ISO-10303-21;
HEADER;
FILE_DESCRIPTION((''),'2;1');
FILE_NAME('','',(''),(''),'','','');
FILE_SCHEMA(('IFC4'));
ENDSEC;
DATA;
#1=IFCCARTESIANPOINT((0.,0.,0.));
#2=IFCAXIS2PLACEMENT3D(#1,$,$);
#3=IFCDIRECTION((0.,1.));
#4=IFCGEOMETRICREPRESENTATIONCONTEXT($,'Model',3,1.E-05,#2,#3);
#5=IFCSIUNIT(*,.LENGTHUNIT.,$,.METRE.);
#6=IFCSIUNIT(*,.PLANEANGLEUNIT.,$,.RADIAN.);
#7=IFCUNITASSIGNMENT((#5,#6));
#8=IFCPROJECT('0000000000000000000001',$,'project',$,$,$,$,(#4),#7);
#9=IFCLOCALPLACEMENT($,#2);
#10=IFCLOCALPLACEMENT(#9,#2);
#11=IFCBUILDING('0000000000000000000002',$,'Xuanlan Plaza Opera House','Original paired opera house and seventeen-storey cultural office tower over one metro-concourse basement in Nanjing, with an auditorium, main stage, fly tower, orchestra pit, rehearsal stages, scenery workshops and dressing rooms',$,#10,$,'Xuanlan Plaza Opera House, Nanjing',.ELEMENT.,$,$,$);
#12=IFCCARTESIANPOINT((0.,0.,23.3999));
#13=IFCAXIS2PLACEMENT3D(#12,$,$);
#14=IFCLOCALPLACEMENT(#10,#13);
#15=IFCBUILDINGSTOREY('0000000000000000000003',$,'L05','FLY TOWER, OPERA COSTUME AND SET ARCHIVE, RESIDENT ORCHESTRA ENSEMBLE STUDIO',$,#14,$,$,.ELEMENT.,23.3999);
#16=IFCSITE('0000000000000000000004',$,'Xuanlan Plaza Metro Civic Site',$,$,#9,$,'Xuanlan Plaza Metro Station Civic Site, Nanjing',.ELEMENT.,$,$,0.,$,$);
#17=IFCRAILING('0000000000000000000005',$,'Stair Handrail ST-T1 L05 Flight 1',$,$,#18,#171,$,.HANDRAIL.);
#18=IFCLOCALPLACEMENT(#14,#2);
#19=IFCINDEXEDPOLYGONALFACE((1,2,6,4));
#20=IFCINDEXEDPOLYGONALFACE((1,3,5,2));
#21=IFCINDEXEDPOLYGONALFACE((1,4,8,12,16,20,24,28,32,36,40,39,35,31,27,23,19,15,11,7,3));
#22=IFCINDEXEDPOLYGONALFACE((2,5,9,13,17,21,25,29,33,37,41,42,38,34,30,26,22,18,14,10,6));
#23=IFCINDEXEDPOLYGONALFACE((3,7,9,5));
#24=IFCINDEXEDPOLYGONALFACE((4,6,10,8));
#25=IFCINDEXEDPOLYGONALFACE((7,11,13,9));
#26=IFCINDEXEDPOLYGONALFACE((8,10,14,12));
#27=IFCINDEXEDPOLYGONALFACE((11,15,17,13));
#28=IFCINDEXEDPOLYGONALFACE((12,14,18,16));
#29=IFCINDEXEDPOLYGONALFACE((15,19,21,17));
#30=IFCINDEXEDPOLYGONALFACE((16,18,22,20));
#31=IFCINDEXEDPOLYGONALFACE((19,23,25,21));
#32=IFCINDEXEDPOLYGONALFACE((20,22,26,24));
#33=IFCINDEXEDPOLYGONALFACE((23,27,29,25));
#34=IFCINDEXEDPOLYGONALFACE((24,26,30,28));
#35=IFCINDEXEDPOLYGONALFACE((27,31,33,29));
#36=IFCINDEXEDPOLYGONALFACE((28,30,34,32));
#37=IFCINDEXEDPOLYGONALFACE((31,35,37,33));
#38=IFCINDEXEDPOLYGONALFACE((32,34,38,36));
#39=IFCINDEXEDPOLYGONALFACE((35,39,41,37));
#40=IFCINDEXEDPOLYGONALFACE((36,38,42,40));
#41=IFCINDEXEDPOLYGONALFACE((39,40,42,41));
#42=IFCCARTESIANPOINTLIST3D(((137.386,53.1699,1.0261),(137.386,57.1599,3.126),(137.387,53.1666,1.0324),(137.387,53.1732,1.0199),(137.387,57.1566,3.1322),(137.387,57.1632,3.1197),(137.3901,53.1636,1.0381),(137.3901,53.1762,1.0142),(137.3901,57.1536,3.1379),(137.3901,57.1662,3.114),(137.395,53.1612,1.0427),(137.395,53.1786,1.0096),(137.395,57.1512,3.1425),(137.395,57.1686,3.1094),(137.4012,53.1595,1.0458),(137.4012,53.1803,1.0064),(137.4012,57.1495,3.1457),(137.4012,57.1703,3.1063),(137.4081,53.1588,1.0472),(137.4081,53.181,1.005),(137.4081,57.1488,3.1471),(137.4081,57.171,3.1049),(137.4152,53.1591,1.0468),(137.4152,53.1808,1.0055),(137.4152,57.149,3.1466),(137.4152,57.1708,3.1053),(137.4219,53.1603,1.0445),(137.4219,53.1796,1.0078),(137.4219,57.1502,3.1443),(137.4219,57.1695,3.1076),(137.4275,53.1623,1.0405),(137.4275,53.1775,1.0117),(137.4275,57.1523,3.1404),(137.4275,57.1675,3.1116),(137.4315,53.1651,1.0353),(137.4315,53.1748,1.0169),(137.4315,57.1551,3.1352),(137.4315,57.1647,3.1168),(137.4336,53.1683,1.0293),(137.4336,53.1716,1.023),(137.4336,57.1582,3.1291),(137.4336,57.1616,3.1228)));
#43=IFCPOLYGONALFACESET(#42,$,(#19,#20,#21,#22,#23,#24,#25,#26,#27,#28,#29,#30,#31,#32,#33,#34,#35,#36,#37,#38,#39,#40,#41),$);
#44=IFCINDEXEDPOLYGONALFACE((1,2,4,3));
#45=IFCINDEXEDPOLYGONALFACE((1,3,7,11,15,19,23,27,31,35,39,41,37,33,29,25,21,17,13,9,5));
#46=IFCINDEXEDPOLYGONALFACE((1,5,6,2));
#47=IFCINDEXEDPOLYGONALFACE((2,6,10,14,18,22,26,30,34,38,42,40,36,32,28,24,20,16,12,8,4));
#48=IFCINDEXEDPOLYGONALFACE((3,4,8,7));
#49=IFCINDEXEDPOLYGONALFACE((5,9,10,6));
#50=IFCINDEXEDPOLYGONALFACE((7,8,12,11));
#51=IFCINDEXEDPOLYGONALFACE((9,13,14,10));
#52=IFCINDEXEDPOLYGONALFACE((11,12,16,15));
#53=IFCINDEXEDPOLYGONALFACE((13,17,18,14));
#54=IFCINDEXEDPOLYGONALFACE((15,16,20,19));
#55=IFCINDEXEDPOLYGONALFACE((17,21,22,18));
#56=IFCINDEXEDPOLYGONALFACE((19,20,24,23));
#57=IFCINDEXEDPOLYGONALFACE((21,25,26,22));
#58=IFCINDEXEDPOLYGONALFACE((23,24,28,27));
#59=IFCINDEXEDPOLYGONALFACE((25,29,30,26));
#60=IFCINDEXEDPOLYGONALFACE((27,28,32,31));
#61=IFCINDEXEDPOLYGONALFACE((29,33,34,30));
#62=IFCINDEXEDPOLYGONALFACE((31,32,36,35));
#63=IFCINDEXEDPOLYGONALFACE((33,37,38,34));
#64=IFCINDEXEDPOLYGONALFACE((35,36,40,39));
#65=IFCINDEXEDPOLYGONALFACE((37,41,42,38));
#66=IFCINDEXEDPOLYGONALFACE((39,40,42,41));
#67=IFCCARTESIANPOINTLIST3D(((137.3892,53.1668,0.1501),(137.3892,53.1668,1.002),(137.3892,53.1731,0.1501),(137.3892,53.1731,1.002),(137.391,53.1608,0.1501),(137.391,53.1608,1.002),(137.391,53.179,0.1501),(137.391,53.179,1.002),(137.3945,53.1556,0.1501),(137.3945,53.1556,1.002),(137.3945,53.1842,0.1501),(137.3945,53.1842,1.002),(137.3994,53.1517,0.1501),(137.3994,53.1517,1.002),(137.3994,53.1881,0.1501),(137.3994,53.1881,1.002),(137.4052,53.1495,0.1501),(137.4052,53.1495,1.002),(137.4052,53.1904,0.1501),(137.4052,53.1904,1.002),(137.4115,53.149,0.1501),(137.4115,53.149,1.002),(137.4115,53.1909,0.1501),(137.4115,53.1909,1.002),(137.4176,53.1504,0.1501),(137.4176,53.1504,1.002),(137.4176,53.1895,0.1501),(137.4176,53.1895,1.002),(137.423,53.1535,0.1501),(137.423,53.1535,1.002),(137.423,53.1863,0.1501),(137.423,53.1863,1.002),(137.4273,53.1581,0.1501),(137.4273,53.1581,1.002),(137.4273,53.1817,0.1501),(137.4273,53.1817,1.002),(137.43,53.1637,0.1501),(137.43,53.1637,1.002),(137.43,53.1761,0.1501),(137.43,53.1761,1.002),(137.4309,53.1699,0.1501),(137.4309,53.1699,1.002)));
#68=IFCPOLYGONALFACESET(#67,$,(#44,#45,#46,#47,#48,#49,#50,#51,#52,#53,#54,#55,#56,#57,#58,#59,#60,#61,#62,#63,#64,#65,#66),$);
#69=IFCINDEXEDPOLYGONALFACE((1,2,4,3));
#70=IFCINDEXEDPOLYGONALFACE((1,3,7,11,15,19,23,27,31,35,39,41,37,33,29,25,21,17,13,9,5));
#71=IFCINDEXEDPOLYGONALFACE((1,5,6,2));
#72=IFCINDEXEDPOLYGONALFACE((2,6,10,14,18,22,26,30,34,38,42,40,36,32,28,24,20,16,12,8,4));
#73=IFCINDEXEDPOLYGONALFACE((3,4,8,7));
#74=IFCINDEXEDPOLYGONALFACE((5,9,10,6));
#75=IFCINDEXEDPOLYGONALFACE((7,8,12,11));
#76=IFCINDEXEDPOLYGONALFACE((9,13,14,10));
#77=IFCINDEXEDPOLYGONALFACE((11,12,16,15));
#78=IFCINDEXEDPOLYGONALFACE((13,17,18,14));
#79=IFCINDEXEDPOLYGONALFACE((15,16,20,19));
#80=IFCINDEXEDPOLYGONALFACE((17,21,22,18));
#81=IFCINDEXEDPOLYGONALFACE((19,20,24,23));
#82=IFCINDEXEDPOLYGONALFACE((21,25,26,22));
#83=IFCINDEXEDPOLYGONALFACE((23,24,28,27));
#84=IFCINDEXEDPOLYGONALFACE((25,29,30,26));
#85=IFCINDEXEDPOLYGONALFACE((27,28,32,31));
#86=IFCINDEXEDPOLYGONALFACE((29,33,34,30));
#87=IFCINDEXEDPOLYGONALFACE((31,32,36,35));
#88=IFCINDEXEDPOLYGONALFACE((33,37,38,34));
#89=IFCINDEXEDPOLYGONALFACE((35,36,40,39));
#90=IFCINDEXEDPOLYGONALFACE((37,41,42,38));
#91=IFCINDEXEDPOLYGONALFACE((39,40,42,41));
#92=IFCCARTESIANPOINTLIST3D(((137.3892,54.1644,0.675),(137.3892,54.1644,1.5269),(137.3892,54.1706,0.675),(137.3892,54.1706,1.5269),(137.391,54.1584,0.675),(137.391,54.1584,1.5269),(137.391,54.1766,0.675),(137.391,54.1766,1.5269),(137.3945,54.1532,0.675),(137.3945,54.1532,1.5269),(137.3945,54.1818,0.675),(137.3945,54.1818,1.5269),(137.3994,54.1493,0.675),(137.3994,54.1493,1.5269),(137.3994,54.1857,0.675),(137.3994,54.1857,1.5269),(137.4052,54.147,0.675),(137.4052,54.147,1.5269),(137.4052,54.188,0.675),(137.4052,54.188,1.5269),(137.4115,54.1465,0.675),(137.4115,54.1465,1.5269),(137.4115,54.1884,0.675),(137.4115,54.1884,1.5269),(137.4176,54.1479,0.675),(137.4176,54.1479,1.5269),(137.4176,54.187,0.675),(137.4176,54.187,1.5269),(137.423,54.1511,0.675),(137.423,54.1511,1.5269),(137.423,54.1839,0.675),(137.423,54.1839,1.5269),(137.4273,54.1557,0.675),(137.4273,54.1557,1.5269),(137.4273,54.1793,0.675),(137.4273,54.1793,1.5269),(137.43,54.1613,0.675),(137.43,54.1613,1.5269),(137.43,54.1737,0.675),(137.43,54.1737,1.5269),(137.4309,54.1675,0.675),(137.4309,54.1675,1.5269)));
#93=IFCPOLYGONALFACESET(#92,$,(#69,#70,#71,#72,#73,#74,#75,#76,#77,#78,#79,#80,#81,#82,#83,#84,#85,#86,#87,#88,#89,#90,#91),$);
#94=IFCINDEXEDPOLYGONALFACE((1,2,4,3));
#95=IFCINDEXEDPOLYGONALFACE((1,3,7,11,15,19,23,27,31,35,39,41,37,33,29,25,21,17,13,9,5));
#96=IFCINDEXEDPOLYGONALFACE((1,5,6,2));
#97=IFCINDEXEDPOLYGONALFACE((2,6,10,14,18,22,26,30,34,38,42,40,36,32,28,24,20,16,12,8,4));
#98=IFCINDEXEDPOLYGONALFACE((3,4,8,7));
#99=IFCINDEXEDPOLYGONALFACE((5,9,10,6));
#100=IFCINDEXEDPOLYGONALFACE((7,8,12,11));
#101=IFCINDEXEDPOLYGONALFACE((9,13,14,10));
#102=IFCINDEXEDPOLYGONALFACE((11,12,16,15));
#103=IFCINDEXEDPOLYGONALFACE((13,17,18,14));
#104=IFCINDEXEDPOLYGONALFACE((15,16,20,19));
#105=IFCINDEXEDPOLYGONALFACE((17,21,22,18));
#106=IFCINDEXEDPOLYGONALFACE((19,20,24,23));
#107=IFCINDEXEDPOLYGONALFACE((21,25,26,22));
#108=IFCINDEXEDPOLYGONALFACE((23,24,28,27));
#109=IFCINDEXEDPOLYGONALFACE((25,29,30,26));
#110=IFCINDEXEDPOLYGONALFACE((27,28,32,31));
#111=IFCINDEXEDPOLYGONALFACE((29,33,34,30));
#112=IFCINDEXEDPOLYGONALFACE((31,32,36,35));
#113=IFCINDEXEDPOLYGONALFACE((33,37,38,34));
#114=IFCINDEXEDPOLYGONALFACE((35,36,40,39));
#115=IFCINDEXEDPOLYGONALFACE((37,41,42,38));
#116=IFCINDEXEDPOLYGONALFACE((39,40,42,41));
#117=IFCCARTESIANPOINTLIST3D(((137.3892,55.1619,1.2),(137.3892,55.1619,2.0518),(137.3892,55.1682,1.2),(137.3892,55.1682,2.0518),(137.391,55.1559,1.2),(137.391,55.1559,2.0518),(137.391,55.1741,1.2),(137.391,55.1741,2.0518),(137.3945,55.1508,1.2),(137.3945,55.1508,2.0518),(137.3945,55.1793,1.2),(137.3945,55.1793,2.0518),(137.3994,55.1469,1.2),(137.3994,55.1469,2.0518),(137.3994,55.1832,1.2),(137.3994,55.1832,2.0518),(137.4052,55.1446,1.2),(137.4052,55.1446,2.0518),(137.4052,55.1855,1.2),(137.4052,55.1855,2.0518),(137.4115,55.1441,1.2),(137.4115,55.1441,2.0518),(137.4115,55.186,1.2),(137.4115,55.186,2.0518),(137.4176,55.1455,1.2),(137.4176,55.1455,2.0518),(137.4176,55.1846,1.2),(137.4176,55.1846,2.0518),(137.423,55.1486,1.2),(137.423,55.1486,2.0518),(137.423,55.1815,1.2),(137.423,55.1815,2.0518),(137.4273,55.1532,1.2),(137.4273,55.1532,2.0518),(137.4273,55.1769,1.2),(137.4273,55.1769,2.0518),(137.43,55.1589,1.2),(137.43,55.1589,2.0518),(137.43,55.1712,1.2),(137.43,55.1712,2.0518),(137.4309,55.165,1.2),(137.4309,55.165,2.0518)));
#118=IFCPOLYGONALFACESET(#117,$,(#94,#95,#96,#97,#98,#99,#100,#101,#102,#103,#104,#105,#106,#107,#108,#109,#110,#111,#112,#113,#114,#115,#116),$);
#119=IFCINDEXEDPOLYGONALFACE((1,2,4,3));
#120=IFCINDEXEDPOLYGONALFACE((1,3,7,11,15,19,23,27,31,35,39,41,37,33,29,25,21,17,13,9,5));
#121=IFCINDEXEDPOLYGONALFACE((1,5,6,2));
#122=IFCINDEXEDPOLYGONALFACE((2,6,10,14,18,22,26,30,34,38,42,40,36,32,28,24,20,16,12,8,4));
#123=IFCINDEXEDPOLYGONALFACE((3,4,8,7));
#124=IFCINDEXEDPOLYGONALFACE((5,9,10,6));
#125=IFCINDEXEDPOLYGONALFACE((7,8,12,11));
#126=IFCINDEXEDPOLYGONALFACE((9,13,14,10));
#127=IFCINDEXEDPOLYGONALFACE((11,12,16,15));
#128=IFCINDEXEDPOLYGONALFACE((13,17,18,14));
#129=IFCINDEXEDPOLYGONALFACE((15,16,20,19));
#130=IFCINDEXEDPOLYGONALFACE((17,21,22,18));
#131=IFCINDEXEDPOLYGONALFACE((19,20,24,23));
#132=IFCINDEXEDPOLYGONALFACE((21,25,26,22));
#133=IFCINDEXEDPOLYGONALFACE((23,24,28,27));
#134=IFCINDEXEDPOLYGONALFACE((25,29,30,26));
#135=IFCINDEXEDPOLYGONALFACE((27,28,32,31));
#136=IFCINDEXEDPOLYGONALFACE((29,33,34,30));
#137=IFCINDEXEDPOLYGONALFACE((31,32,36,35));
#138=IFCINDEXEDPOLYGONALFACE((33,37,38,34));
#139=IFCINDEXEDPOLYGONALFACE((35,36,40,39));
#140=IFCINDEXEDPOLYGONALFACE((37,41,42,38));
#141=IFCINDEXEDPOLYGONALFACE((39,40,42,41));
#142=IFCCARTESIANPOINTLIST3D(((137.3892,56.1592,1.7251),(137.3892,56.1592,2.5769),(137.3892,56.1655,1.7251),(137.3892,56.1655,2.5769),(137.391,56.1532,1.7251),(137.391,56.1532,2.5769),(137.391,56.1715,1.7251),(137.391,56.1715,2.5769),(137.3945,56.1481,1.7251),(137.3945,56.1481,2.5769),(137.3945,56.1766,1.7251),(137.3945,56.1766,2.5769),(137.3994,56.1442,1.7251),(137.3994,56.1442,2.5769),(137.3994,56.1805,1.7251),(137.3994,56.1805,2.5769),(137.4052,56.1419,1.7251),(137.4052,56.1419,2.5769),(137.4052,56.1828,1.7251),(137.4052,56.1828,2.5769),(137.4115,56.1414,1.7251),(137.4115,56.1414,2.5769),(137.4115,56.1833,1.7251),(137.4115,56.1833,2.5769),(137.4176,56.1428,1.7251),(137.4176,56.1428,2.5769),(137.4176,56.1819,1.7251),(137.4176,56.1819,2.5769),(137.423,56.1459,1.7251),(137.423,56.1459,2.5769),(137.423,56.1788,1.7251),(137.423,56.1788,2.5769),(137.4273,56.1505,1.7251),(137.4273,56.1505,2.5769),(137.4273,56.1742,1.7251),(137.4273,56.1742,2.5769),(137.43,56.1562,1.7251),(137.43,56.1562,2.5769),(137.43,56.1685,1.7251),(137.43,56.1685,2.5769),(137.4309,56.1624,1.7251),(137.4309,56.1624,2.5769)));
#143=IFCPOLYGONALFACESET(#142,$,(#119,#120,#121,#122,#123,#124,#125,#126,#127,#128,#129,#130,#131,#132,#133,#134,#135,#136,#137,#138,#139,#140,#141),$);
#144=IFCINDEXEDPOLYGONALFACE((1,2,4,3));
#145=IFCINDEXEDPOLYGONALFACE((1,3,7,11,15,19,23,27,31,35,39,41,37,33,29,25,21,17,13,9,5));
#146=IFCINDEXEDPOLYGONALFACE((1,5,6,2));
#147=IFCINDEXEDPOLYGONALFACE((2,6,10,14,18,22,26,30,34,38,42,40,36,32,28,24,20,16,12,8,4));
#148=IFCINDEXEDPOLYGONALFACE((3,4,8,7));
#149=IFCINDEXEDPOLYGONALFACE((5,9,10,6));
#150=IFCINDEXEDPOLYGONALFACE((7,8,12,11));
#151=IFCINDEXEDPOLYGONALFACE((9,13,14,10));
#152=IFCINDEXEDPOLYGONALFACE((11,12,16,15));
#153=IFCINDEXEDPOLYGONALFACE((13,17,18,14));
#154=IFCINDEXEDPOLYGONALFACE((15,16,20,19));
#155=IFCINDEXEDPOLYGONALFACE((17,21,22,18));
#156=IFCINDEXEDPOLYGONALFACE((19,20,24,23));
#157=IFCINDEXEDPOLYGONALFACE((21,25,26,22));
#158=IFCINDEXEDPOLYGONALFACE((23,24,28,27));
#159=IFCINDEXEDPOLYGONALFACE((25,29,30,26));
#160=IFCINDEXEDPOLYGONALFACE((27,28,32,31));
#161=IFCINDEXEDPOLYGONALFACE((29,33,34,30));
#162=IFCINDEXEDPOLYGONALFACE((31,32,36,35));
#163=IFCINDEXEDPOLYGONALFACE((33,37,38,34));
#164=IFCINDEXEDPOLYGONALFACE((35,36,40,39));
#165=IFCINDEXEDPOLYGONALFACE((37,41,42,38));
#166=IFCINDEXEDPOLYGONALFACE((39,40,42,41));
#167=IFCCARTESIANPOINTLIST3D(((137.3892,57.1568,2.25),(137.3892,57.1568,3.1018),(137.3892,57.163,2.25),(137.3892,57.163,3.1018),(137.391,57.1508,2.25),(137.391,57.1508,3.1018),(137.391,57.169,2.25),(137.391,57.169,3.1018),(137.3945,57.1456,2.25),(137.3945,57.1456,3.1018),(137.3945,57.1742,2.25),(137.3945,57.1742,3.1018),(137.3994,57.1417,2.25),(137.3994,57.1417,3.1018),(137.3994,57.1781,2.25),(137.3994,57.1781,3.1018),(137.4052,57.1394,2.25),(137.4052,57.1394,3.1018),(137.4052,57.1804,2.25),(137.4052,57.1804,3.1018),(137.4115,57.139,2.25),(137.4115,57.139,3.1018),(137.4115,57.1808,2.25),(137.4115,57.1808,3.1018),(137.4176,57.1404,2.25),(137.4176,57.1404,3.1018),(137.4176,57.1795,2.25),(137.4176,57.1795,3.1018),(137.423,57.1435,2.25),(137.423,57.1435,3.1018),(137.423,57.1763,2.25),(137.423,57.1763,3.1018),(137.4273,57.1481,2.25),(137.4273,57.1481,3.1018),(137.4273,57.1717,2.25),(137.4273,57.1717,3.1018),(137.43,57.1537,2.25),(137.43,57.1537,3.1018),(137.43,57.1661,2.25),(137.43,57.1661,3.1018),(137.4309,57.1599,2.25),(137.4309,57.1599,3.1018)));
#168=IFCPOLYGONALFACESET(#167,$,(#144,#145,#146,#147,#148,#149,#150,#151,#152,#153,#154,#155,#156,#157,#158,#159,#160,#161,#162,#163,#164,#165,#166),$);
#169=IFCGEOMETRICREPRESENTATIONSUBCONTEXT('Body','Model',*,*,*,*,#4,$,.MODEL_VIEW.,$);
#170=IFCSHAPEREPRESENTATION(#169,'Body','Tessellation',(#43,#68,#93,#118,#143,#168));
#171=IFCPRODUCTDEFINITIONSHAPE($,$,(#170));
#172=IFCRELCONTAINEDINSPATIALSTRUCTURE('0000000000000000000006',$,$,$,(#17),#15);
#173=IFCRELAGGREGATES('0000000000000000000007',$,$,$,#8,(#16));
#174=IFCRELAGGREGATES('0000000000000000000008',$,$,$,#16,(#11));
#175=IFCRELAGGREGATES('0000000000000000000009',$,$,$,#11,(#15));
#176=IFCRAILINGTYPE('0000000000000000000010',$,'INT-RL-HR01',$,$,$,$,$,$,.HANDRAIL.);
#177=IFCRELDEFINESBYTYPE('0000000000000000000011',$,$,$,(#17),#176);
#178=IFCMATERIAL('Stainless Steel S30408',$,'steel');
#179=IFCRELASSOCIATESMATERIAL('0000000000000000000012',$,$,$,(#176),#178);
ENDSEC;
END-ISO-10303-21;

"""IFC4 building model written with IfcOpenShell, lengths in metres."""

from ifc_helpers import new_model, si_unit, direction, frame, origin, origin_2d, place, context, subcontext, project, spatial, circle, extrude, material, type_object, element, save


model = new_model("IFC4")

# Units and contexts
model_context = context("Model", 3, precision=1e-05, world=origin(), true_north=direction((0.0, 1.0)))
body_context = subcontext(model_context, "Body", "Model", "MODEL_VIEW")
ifc_project = project(units=[si_unit("LENGTHUNIT", "METRE"), si_unit("PLANEANGLEUNIT", "RADIAN")], contexts=[model_context])

# Site, building, storey
site_placement = place(None, origin())
site = spatial("IfcSite", under=ifc_project, at=site_placement, Name="Xuanlan Plaza Metro Civic Site", LongName="Xuanlan Plaza Metro Station Civic Site, Nanjing", CompositionType="ELEMENT", RefElevation=0.0)
building_placement = place(site_placement, origin())
building = spatial("IfcBuilding", under=site, at=building_placement, Name="Xuanlan Plaza Opera House", Description="Original paired opera house and seventeen-storey cultural office tower over one metro-concourse basement in Nanjing, with an auditorium, main stage, fly tower, orchestra pit, rehearsal stages, scenery workshops and dressing rooms", LongName="Xuanlan Plaza Opera House, Nanjing", CompositionType="ELEMENT")
storey_placement = place(building_placement, frame((0.0, 0.0, 23.3999)))
storey = spatial("IfcBuildingStorey", under=building, at=storey_placement, Name="L05", Description="FLY TOWER, OPERA COSTUME AND SET ARCHIVE, RESIDENT ORCHESTRA ENSEMBLE STUDIO", CompositionType="ELEMENT", Elevation=23.3999)

# Shared definitions
ifc_material_1 = material(Name="Stainless Steel S30408", Category="steel")

# Railing
railing_type = type_object("IfcRailingType", Name="INT-RL-HR01", PredefinedType="HANDRAIL", material=ifc_material_1)
railing_placement = place(storey_placement, frame((137.4099, 53.1699, 0.1501)))
element("IfcRailing", 1, at=railing_placement, inside=storey, type_object=railing_type, Name="Stair Handrail ST-T1 L05 Flight 1", PredefinedType="HANDRAIL", context=body_context, shape_type="SweptSolid", body=[
    extrude(circle(Radius=0.0239, at=origin_2d()), frame((0.0, 0.0, 0.876), z_axis=(0.0, 0.884931, 0.465722), x_axis=(-1.0, 0.0, 0.0)), (0.0, 0.0, 1.0), 4.5088),
    extrude(circle(Radius=0.021, at=origin_2d()), origin(), (0.0, 0.0, 1.0), 0.8518),
    extrude(circle(Radius=0.021, at=origin_2d()), frame((0.0, 0.9976, 0.5249)), (0.0, 0.0, 1.0), 0.8518),
    extrude(circle(Radius=0.021, at=origin_2d()), frame((0.0, 1.9951, 1.0498)), (0.0, 0.0, 1.0), 0.8518),
    extrude(circle(Radius=0.021, at=origin_2d()), frame((0.0, 2.9924, 1.575)), (0.0, 0.0, 1.0), 0.8518),
    extrude(circle(Radius=0.021, at=origin_2d()), frame((0.0, 3.99, 2.0999)), (0.0, 0.0, 1.0), 0.8518),
])

save(model, "model.ifc")
